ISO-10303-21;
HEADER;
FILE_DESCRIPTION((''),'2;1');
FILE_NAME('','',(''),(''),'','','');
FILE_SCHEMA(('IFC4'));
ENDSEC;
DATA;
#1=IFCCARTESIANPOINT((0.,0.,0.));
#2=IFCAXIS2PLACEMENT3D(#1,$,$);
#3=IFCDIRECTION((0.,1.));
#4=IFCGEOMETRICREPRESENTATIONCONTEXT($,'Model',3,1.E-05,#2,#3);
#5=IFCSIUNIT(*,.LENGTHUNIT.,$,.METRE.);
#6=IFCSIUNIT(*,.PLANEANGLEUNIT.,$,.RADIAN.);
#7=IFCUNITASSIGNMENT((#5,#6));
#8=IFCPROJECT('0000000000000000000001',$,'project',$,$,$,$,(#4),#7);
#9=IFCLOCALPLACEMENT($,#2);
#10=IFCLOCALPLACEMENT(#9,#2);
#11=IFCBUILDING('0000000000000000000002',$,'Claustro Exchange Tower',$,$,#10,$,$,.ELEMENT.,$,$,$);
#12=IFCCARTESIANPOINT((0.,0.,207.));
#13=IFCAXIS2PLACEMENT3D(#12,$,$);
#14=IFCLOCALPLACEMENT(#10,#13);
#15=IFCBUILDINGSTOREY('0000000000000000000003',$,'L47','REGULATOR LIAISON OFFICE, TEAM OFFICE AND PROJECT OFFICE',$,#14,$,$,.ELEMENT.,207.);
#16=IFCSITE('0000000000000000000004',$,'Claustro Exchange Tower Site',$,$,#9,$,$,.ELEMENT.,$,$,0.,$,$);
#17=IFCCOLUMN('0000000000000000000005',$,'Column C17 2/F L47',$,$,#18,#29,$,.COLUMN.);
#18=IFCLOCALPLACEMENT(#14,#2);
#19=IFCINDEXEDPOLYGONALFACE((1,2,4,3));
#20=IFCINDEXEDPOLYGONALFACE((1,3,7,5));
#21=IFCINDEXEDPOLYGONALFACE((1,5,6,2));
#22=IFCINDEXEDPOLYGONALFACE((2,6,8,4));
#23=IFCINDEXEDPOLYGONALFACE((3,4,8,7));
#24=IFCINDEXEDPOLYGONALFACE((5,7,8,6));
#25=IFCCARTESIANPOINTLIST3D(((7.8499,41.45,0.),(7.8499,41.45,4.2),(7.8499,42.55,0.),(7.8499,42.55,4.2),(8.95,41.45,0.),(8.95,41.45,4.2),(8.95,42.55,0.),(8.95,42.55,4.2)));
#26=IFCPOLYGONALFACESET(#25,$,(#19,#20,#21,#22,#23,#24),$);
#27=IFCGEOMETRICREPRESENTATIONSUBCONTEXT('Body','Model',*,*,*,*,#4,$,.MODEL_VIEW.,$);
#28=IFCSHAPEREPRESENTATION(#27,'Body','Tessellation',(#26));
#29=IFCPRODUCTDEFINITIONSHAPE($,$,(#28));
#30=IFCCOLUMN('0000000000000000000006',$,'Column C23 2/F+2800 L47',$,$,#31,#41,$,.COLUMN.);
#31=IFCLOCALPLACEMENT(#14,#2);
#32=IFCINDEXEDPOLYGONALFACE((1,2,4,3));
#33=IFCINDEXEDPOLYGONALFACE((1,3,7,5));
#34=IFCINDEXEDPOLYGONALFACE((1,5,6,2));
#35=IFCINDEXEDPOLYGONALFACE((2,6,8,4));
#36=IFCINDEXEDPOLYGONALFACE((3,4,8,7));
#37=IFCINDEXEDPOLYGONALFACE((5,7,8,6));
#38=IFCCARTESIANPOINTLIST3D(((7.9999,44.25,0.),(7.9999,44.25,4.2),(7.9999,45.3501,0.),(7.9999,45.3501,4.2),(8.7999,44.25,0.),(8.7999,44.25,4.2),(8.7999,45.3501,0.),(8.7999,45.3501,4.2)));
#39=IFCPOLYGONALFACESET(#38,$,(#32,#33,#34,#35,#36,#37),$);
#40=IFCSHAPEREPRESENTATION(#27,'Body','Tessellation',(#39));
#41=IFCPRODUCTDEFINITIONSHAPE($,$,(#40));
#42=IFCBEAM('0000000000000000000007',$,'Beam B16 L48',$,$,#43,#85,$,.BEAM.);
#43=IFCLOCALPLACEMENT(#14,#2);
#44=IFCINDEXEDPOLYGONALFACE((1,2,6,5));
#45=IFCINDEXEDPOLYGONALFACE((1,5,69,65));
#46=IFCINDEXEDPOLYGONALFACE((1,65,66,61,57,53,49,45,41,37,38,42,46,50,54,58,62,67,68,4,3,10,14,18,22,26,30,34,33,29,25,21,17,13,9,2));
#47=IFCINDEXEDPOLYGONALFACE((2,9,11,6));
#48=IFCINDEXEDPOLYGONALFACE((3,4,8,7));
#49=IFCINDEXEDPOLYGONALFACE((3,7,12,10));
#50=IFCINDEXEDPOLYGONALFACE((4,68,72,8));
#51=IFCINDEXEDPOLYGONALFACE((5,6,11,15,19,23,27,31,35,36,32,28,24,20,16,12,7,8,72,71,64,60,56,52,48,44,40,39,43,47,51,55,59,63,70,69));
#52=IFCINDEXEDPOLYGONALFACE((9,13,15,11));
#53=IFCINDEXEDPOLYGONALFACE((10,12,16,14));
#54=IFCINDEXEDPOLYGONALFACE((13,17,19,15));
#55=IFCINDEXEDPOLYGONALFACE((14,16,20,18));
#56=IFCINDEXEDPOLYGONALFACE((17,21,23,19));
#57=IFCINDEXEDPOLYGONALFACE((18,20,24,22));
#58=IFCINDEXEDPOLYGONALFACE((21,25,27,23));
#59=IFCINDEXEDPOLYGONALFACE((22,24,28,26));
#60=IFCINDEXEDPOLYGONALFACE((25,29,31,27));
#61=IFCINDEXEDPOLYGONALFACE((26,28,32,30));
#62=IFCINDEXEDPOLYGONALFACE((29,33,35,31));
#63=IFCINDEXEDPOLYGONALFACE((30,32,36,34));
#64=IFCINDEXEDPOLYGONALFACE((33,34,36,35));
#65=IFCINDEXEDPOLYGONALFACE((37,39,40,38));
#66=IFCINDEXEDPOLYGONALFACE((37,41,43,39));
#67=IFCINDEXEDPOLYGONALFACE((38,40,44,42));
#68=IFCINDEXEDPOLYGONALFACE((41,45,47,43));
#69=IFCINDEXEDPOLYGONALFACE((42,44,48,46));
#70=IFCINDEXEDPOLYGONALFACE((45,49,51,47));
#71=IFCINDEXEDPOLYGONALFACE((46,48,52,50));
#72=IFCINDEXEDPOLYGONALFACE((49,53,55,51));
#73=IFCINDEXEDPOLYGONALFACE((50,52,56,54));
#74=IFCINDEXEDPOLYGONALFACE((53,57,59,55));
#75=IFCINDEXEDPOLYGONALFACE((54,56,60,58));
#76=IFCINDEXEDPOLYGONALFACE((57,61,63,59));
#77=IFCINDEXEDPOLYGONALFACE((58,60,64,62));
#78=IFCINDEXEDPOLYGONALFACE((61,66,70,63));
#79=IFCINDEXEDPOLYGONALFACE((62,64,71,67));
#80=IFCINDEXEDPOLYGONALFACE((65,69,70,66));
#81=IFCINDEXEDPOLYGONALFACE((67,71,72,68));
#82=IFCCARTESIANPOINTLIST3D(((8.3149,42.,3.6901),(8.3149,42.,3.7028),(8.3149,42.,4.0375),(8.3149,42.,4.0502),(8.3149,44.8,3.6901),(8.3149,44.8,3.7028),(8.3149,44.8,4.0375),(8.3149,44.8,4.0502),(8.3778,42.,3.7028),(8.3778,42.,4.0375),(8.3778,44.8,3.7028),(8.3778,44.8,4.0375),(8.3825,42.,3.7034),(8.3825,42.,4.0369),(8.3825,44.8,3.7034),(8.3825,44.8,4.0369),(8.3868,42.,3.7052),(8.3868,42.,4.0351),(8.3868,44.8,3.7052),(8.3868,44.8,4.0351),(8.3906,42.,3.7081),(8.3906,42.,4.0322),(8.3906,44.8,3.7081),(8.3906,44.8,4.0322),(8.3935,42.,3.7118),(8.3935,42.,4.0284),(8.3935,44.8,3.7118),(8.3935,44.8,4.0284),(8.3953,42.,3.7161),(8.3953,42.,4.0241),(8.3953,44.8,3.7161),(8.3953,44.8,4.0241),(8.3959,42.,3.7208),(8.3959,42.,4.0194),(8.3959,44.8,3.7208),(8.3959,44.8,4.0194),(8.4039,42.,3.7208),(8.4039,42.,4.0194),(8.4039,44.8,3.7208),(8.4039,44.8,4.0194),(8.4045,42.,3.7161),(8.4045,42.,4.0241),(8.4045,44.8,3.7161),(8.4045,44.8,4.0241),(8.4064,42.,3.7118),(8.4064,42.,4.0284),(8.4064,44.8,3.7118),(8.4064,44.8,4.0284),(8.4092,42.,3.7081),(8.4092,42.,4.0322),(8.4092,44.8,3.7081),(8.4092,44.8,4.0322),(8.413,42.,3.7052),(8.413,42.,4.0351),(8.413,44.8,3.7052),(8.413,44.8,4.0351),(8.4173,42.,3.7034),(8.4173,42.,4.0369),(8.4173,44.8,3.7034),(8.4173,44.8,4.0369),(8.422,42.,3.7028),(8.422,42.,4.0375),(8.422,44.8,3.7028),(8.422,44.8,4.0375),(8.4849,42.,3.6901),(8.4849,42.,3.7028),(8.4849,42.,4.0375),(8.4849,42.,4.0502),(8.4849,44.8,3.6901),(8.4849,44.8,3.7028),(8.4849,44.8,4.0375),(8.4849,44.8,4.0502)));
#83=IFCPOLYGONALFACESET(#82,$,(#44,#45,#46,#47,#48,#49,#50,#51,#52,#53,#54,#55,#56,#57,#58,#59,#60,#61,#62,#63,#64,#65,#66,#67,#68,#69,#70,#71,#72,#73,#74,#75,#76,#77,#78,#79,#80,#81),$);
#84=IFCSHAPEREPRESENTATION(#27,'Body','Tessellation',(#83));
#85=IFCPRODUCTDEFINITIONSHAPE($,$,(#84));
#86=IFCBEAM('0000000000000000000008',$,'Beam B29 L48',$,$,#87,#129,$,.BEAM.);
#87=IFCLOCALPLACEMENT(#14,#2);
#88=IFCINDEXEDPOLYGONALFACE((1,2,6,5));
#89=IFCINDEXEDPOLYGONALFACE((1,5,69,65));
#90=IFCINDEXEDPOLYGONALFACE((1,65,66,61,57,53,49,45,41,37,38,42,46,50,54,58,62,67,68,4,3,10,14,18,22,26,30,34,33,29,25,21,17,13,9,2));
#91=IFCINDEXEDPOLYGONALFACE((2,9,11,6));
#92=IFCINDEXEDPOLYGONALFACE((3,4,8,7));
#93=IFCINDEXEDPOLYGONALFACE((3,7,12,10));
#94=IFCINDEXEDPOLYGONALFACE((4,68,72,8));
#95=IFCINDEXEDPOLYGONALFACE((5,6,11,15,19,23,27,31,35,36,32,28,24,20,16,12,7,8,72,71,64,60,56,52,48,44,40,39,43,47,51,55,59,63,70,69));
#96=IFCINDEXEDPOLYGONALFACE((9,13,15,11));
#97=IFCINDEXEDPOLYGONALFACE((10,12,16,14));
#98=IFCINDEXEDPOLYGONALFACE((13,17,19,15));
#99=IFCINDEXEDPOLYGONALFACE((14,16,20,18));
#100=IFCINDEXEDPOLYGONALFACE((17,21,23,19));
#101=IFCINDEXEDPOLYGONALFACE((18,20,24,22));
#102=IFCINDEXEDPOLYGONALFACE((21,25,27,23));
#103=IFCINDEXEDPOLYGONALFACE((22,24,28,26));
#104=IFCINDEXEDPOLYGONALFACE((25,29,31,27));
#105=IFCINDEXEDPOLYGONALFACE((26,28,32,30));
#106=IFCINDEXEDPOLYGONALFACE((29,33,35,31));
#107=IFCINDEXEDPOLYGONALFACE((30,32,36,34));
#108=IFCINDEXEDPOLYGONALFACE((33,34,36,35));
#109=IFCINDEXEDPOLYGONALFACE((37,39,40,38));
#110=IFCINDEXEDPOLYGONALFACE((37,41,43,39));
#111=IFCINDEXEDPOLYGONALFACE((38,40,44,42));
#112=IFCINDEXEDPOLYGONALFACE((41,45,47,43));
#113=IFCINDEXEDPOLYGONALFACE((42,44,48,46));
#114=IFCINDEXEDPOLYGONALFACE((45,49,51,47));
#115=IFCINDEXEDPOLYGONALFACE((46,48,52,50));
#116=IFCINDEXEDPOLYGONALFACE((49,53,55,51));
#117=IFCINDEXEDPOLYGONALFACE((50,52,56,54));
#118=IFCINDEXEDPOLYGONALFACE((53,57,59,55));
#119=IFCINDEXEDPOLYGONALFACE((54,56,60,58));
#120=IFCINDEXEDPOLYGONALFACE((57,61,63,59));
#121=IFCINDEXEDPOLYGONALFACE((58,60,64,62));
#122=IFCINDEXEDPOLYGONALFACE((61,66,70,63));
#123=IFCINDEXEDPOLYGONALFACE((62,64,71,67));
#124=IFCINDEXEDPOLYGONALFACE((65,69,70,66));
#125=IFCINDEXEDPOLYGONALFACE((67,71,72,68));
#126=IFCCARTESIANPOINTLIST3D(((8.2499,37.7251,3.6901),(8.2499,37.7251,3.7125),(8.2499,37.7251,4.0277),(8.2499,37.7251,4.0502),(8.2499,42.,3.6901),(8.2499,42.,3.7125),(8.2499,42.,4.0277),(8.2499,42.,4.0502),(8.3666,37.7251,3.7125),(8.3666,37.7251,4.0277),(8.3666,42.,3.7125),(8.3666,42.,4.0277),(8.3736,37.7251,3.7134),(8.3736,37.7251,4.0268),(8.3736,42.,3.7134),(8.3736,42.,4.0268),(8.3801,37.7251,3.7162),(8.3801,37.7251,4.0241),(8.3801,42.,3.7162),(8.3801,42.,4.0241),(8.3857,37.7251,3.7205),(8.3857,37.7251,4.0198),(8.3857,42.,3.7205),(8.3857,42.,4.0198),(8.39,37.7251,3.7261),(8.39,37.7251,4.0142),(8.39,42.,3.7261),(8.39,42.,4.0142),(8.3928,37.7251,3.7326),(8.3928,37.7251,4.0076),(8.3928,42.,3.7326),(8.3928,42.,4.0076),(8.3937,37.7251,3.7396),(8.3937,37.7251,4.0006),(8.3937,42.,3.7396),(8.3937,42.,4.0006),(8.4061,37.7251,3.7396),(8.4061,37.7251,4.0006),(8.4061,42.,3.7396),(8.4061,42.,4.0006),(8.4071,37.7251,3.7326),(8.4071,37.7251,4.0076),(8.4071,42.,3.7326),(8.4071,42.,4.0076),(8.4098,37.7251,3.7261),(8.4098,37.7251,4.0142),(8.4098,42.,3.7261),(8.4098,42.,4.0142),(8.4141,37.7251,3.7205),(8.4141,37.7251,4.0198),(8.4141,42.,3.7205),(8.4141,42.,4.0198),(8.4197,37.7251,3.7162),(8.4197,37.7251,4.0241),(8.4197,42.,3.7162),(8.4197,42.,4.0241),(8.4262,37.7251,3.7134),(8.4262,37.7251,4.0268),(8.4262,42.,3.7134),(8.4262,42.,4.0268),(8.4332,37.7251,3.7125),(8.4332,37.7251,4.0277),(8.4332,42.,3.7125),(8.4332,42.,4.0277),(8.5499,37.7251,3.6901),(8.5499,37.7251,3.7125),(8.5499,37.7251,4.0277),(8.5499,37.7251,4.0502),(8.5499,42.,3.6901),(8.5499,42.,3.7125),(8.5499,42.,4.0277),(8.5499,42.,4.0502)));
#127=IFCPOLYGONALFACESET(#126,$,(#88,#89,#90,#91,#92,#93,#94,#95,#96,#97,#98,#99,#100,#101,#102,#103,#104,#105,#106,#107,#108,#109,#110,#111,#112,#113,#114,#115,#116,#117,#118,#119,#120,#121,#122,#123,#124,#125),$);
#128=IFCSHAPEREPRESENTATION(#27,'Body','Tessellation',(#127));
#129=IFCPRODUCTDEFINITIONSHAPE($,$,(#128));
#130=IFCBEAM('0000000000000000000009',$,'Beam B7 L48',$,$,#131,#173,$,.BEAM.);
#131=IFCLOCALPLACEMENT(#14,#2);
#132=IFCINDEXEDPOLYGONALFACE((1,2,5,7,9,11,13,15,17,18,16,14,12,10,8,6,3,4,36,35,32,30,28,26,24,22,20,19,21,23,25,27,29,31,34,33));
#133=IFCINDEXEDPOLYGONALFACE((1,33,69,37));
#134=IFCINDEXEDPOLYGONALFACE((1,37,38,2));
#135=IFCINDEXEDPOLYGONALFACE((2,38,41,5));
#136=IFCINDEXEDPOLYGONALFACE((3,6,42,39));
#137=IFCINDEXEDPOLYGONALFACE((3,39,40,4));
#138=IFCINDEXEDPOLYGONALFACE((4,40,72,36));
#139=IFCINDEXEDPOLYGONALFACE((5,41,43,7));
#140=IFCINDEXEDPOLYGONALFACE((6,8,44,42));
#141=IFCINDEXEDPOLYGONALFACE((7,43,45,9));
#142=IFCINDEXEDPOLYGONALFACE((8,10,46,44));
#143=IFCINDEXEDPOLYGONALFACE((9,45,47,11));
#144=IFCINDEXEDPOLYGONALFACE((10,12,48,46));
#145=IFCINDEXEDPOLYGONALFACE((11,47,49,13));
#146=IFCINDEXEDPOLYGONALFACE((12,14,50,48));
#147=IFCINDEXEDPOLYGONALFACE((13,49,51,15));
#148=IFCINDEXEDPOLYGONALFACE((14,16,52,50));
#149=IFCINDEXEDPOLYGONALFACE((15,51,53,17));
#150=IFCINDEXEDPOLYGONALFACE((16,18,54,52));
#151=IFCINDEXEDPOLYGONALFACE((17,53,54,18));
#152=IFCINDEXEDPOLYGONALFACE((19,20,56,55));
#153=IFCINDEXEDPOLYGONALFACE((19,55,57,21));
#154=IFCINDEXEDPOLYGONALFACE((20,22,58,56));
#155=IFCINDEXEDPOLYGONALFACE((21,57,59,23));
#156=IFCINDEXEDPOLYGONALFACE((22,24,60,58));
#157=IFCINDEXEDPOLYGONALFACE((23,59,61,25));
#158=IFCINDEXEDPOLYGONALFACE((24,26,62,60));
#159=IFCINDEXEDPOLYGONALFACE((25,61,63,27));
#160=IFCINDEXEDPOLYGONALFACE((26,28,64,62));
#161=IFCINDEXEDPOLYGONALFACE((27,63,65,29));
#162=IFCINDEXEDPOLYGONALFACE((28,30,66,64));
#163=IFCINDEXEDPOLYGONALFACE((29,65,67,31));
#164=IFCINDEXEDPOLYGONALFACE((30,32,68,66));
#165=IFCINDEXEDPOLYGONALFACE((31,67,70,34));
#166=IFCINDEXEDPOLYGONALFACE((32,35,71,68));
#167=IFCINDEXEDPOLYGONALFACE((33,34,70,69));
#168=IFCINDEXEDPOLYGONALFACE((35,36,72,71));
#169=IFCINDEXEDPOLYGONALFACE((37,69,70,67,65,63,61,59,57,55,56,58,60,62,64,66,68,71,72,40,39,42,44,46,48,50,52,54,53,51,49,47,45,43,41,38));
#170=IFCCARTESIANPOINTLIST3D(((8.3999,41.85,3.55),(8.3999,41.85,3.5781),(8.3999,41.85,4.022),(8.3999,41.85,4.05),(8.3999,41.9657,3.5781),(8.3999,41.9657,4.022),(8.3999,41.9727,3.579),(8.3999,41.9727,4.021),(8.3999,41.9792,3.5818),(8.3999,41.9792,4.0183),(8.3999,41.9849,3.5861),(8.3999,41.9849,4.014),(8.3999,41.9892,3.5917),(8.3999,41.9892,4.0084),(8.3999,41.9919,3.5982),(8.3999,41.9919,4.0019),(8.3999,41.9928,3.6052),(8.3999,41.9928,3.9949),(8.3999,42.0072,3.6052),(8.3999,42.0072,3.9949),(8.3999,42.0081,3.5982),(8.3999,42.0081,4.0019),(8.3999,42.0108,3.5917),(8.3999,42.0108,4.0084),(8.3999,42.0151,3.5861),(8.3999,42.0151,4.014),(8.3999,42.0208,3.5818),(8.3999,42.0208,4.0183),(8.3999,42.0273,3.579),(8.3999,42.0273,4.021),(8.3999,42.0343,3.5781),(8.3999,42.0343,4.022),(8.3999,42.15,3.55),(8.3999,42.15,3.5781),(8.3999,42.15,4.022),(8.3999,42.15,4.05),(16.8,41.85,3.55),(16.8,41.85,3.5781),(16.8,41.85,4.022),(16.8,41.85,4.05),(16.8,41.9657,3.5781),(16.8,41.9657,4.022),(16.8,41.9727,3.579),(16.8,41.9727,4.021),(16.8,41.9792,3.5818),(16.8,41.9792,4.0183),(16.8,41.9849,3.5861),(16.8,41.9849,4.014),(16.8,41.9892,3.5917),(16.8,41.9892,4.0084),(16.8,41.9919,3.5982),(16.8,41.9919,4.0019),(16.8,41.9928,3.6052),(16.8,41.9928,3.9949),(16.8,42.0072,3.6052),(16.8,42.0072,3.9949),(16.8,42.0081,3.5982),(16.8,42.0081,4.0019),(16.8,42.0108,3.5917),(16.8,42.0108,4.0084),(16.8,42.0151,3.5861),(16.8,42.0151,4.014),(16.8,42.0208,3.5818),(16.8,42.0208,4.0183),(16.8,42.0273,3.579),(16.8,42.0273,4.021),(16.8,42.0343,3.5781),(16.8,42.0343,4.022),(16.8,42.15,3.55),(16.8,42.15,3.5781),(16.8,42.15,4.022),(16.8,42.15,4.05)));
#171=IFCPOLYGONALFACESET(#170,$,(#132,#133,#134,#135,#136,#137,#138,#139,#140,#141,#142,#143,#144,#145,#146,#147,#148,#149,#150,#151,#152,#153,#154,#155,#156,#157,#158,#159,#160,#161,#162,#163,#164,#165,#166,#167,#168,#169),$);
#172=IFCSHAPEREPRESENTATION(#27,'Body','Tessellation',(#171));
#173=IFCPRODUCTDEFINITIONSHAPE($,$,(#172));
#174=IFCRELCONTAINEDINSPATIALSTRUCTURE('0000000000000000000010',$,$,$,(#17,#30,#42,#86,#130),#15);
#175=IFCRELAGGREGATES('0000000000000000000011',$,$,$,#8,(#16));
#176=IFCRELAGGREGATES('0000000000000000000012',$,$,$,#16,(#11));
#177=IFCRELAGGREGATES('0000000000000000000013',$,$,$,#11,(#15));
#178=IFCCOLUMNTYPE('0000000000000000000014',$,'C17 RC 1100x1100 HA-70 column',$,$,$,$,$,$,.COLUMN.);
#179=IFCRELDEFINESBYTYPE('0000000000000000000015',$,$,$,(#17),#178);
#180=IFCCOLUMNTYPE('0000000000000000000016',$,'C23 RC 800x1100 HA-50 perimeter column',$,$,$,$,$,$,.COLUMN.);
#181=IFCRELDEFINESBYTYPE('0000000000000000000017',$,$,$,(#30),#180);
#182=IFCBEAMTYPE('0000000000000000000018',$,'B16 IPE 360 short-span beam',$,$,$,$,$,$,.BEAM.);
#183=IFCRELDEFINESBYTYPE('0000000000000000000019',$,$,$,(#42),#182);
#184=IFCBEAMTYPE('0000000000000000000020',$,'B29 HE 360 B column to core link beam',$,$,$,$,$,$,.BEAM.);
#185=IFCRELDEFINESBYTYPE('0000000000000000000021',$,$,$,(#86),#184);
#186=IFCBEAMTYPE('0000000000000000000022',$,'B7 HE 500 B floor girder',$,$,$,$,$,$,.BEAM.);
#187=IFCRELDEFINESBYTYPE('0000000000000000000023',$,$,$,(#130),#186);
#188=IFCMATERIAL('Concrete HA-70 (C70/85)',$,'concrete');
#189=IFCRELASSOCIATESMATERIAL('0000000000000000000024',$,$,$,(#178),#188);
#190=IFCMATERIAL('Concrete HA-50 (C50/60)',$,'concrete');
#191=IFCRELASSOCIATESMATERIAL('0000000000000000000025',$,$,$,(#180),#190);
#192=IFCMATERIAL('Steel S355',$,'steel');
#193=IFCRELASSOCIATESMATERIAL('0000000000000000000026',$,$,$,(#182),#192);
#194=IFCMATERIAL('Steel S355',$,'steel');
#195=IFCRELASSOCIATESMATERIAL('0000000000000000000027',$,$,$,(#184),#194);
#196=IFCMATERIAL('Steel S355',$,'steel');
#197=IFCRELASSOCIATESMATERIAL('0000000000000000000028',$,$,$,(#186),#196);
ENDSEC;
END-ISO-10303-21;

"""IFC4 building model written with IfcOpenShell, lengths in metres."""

from ifc_helpers import new_model, si_unit, direction, frame, origin, origin_2d, place, context, subcontext, project, spatial, rectangle, i_section, extrude, material, material_profile, profile_set, type_object, element, save


model = new_model("IFC4")

# Units and contexts
model_context = context("Model", 3, precision=1e-05, world=origin(), true_north=direction((0.0, 1.0)))
body_context = subcontext(model_context, "Body", "Model", "MODEL_VIEW")
ifc_project = project(units=[si_unit("LENGTHUNIT", "METRE"), si_unit("PLANEANGLEUNIT", "RADIAN")], contexts=[model_context])

# Site, building, storey
site_placement = place(None, origin())
site = spatial("IfcSite", under=ifc_project, at=site_placement, Name="Claustro Exchange Tower Site", CompositionType="ELEMENT", RefElevation=0.0)
building_placement = place(site_placement, origin())
building = spatial("IfcBuilding", under=site, at=building_placement, Name="Claustro Exchange Tower", CompositionType="ELEMENT")
storey_placement = place(building_placement, frame((0.0, 0.0, 207.0)))
storey = spatial("IfcBuildingStorey", under=building, at=storey_placement, Name="L47", Description="REGULATOR LIAISON OFFICE, TEAM OFFICE AND PROJECT OFFICE", CompositionType="ELEMENT", Elevation=207.0)

# Columns
ifc_material_1 = material(Name="Concrete HA-70 (C70/85)", Category="concrete")
ifc_material_profile_1 = material_profile(ifc_material_1, rectangle(XDim=1.1001, YDim=1.1001, at=origin_2d()), Name="RC 1100x1100")
ifc_profile_set_1 = profile_set([ifc_material_profile_1], Name="Concrete HA-70 (C70/85)")
column_type_1 = type_object("IfcColumnType", Name="C17 RC 1100x1100 HA-70 column", PredefinedType="COLUMN", material=ifc_profile_set_1)
column_1_placement = place(storey_placement, frame((8.3999, 42.0, 0.0), z_axis=(0.0, 0.0, 1.0), x_axis=(1.0, 0.0, 0.0)))
element("IfcColumn", 1, at=column_1_placement, inside=storey, type_object=column_type_1, Name="Column C17 2/F L47", PredefinedType="COLUMN", context=body_context, shape_type="SweptSolid", body=[
    extrude(rectangle(XDim=1.1001, YDim=1.1001, at=origin_2d()), origin(), (0.0, 0.0, 1.0), 4.2),
])
ifc_material_2 = material(Name="Concrete HA-50 (C50/60)", Category="concrete")
ifc_material_profile_2 = material_profile(ifc_material_2, rectangle(XDim=0.8, YDim=1.1001, at=origin_2d()), Name="RC 800x1100")
ifc_profile_set_2 = profile_set([ifc_material_profile_2], Name="Concrete HA-50 (C50/60)")
column_type_2 = type_object("IfcColumnType", Name="C23 RC 800x1100 HA-50 perimeter column", PredefinedType="COLUMN", material=ifc_profile_set_2)
column_2_placement = place(storey_placement, frame((8.3999, 44.8, 0.0), z_axis=(0.0, 0.0, 1.0), x_axis=(1.0, 0.0, 0.0)))
element("IfcColumn", 2, at=column_2_placement, inside=storey, type_object=column_type_2, Name="Column C23 2/F+2800 L47", PredefinedType="COLUMN", context=body_context, shape_type="SweptSolid", body=[
    extrude(rectangle(XDim=0.8, YDim=1.1001, at=origin_2d()), origin(), (0.0, 0.0, 1.0), 4.2),
])

# Beams
ifc_material_3 = material(Name="Steel S355", Category="steel")
ifc_material_profile_3 = material_profile(ifc_material_3, i_section(OverallWidth=0.1699, OverallDepth=0.3601, WebThickness=0.0081, FlangeThickness=0.0127, FilletRadius=0.0181, at=origin_2d()), Name="IPE 360")
ifc_profile_set_3 = profile_set([ifc_material_profile_3], Name="Steel S355")
beam_type_1 = type_object("IfcBeamType", Name="B16 IPE 360 short-span beam", PredefinedType="BEAM", material=ifc_profile_set_3)
beam_1_placement = place(storey_placement, frame((8.3999, 42.0, 3.8701), z_axis=(0.0, 1.0, 0.0), x_axis=(-1.0, 0.0, 0.0)))
element("IfcBeam", 3, at=beam_1_placement, inside=storey, type_object=beam_type_1, Name="Beam B16 L48", PredefinedType="BEAM", context=body_context, shape_type="SweptSolid", body=[
    extrude(i_section(OverallWidth=0.1699, OverallDepth=0.3601, WebThickness=0.0081, FlangeThickness=0.0127, FilletRadius=0.0181, at=origin_2d()), origin(), (0.0, 0.0, 1.0), 2.8),
])
ifc_material_4 = material(Name="Steel S355", Category="steel")
ifc_material_profile_4 = material_profile(ifc_material_4, i_section(OverallWidth=0.3, OverallDepth=0.3601, WebThickness=0.0125, FlangeThickness=0.0225, FilletRadius=0.0271, at=origin_2d()), Name="HE 360 B")
ifc_profile_set_4 = profile_set([ifc_material_profile_4], Name="Steel S355")
beam_type_2 = type_object("IfcBeamType", Name="B29 HE 360 B column to core link beam", PredefinedType="BEAM", material=ifc_profile_set_4)
beam_2_placement = place(storey_placement, frame((8.3999, 37.7251, 3.8701), z_axis=(0.0, 1.0, 0.0), x_axis=(-1.0, 0.0, 0.0)))
element("IfcBeam", 4, at=beam_2_placement, inside=storey, type_object=beam_type_2, Name="Beam B29 L48", PredefinedType="BEAM", context=body_context, shape_type="SweptSolid", body=[
    extrude(i_section(OverallWidth=0.3, OverallDepth=0.3601, WebThickness=0.0125, FlangeThickness=0.0225, FilletRadius=0.0271, at=origin_2d()), origin(), (0.0, 0.0, 1.0), 4.2749),
])
ifc_material_5 = material(Name="Steel S355", Category="steel")
ifc_material_profile_5 = material_profile(ifc_material_5, i_section(OverallWidth=0.3, OverallDepth=0.5, WebThickness=0.0144, FlangeThickness=0.0281, FilletRadius=0.0271, at=origin_2d()), Name="HE 500 B")
ifc_profile_set_5 = profile_set([ifc_material_profile_5], Name="Steel S355")
beam_type_3 = type_object("IfcBeamType", Name="B7 HE 500 B floor girder", PredefinedType="BEAM", material=ifc_profile_set_5)
beam_3_placement = place(storey_placement, frame((8.3999, 42.0, 3.8), z_axis=(1.0, 0.0, 0.0), x_axis=(0.0, 1.0, 0.0)))
element("IfcBeam", 5, at=beam_3_placement, inside=storey, type_object=beam_type_3, Name="Beam B7 L48", PredefinedType="BEAM", context=body_context, shape_type="SweptSolid", body=[
    extrude(i_section(OverallWidth=0.3, OverallDepth=0.5, WebThickness=0.0144, FlangeThickness=0.0281, FilletRadius=0.0271, at=origin_2d()), origin(), (0.0, 0.0, 1.0), 8.4001),
])

save(model, "model.ifc")
